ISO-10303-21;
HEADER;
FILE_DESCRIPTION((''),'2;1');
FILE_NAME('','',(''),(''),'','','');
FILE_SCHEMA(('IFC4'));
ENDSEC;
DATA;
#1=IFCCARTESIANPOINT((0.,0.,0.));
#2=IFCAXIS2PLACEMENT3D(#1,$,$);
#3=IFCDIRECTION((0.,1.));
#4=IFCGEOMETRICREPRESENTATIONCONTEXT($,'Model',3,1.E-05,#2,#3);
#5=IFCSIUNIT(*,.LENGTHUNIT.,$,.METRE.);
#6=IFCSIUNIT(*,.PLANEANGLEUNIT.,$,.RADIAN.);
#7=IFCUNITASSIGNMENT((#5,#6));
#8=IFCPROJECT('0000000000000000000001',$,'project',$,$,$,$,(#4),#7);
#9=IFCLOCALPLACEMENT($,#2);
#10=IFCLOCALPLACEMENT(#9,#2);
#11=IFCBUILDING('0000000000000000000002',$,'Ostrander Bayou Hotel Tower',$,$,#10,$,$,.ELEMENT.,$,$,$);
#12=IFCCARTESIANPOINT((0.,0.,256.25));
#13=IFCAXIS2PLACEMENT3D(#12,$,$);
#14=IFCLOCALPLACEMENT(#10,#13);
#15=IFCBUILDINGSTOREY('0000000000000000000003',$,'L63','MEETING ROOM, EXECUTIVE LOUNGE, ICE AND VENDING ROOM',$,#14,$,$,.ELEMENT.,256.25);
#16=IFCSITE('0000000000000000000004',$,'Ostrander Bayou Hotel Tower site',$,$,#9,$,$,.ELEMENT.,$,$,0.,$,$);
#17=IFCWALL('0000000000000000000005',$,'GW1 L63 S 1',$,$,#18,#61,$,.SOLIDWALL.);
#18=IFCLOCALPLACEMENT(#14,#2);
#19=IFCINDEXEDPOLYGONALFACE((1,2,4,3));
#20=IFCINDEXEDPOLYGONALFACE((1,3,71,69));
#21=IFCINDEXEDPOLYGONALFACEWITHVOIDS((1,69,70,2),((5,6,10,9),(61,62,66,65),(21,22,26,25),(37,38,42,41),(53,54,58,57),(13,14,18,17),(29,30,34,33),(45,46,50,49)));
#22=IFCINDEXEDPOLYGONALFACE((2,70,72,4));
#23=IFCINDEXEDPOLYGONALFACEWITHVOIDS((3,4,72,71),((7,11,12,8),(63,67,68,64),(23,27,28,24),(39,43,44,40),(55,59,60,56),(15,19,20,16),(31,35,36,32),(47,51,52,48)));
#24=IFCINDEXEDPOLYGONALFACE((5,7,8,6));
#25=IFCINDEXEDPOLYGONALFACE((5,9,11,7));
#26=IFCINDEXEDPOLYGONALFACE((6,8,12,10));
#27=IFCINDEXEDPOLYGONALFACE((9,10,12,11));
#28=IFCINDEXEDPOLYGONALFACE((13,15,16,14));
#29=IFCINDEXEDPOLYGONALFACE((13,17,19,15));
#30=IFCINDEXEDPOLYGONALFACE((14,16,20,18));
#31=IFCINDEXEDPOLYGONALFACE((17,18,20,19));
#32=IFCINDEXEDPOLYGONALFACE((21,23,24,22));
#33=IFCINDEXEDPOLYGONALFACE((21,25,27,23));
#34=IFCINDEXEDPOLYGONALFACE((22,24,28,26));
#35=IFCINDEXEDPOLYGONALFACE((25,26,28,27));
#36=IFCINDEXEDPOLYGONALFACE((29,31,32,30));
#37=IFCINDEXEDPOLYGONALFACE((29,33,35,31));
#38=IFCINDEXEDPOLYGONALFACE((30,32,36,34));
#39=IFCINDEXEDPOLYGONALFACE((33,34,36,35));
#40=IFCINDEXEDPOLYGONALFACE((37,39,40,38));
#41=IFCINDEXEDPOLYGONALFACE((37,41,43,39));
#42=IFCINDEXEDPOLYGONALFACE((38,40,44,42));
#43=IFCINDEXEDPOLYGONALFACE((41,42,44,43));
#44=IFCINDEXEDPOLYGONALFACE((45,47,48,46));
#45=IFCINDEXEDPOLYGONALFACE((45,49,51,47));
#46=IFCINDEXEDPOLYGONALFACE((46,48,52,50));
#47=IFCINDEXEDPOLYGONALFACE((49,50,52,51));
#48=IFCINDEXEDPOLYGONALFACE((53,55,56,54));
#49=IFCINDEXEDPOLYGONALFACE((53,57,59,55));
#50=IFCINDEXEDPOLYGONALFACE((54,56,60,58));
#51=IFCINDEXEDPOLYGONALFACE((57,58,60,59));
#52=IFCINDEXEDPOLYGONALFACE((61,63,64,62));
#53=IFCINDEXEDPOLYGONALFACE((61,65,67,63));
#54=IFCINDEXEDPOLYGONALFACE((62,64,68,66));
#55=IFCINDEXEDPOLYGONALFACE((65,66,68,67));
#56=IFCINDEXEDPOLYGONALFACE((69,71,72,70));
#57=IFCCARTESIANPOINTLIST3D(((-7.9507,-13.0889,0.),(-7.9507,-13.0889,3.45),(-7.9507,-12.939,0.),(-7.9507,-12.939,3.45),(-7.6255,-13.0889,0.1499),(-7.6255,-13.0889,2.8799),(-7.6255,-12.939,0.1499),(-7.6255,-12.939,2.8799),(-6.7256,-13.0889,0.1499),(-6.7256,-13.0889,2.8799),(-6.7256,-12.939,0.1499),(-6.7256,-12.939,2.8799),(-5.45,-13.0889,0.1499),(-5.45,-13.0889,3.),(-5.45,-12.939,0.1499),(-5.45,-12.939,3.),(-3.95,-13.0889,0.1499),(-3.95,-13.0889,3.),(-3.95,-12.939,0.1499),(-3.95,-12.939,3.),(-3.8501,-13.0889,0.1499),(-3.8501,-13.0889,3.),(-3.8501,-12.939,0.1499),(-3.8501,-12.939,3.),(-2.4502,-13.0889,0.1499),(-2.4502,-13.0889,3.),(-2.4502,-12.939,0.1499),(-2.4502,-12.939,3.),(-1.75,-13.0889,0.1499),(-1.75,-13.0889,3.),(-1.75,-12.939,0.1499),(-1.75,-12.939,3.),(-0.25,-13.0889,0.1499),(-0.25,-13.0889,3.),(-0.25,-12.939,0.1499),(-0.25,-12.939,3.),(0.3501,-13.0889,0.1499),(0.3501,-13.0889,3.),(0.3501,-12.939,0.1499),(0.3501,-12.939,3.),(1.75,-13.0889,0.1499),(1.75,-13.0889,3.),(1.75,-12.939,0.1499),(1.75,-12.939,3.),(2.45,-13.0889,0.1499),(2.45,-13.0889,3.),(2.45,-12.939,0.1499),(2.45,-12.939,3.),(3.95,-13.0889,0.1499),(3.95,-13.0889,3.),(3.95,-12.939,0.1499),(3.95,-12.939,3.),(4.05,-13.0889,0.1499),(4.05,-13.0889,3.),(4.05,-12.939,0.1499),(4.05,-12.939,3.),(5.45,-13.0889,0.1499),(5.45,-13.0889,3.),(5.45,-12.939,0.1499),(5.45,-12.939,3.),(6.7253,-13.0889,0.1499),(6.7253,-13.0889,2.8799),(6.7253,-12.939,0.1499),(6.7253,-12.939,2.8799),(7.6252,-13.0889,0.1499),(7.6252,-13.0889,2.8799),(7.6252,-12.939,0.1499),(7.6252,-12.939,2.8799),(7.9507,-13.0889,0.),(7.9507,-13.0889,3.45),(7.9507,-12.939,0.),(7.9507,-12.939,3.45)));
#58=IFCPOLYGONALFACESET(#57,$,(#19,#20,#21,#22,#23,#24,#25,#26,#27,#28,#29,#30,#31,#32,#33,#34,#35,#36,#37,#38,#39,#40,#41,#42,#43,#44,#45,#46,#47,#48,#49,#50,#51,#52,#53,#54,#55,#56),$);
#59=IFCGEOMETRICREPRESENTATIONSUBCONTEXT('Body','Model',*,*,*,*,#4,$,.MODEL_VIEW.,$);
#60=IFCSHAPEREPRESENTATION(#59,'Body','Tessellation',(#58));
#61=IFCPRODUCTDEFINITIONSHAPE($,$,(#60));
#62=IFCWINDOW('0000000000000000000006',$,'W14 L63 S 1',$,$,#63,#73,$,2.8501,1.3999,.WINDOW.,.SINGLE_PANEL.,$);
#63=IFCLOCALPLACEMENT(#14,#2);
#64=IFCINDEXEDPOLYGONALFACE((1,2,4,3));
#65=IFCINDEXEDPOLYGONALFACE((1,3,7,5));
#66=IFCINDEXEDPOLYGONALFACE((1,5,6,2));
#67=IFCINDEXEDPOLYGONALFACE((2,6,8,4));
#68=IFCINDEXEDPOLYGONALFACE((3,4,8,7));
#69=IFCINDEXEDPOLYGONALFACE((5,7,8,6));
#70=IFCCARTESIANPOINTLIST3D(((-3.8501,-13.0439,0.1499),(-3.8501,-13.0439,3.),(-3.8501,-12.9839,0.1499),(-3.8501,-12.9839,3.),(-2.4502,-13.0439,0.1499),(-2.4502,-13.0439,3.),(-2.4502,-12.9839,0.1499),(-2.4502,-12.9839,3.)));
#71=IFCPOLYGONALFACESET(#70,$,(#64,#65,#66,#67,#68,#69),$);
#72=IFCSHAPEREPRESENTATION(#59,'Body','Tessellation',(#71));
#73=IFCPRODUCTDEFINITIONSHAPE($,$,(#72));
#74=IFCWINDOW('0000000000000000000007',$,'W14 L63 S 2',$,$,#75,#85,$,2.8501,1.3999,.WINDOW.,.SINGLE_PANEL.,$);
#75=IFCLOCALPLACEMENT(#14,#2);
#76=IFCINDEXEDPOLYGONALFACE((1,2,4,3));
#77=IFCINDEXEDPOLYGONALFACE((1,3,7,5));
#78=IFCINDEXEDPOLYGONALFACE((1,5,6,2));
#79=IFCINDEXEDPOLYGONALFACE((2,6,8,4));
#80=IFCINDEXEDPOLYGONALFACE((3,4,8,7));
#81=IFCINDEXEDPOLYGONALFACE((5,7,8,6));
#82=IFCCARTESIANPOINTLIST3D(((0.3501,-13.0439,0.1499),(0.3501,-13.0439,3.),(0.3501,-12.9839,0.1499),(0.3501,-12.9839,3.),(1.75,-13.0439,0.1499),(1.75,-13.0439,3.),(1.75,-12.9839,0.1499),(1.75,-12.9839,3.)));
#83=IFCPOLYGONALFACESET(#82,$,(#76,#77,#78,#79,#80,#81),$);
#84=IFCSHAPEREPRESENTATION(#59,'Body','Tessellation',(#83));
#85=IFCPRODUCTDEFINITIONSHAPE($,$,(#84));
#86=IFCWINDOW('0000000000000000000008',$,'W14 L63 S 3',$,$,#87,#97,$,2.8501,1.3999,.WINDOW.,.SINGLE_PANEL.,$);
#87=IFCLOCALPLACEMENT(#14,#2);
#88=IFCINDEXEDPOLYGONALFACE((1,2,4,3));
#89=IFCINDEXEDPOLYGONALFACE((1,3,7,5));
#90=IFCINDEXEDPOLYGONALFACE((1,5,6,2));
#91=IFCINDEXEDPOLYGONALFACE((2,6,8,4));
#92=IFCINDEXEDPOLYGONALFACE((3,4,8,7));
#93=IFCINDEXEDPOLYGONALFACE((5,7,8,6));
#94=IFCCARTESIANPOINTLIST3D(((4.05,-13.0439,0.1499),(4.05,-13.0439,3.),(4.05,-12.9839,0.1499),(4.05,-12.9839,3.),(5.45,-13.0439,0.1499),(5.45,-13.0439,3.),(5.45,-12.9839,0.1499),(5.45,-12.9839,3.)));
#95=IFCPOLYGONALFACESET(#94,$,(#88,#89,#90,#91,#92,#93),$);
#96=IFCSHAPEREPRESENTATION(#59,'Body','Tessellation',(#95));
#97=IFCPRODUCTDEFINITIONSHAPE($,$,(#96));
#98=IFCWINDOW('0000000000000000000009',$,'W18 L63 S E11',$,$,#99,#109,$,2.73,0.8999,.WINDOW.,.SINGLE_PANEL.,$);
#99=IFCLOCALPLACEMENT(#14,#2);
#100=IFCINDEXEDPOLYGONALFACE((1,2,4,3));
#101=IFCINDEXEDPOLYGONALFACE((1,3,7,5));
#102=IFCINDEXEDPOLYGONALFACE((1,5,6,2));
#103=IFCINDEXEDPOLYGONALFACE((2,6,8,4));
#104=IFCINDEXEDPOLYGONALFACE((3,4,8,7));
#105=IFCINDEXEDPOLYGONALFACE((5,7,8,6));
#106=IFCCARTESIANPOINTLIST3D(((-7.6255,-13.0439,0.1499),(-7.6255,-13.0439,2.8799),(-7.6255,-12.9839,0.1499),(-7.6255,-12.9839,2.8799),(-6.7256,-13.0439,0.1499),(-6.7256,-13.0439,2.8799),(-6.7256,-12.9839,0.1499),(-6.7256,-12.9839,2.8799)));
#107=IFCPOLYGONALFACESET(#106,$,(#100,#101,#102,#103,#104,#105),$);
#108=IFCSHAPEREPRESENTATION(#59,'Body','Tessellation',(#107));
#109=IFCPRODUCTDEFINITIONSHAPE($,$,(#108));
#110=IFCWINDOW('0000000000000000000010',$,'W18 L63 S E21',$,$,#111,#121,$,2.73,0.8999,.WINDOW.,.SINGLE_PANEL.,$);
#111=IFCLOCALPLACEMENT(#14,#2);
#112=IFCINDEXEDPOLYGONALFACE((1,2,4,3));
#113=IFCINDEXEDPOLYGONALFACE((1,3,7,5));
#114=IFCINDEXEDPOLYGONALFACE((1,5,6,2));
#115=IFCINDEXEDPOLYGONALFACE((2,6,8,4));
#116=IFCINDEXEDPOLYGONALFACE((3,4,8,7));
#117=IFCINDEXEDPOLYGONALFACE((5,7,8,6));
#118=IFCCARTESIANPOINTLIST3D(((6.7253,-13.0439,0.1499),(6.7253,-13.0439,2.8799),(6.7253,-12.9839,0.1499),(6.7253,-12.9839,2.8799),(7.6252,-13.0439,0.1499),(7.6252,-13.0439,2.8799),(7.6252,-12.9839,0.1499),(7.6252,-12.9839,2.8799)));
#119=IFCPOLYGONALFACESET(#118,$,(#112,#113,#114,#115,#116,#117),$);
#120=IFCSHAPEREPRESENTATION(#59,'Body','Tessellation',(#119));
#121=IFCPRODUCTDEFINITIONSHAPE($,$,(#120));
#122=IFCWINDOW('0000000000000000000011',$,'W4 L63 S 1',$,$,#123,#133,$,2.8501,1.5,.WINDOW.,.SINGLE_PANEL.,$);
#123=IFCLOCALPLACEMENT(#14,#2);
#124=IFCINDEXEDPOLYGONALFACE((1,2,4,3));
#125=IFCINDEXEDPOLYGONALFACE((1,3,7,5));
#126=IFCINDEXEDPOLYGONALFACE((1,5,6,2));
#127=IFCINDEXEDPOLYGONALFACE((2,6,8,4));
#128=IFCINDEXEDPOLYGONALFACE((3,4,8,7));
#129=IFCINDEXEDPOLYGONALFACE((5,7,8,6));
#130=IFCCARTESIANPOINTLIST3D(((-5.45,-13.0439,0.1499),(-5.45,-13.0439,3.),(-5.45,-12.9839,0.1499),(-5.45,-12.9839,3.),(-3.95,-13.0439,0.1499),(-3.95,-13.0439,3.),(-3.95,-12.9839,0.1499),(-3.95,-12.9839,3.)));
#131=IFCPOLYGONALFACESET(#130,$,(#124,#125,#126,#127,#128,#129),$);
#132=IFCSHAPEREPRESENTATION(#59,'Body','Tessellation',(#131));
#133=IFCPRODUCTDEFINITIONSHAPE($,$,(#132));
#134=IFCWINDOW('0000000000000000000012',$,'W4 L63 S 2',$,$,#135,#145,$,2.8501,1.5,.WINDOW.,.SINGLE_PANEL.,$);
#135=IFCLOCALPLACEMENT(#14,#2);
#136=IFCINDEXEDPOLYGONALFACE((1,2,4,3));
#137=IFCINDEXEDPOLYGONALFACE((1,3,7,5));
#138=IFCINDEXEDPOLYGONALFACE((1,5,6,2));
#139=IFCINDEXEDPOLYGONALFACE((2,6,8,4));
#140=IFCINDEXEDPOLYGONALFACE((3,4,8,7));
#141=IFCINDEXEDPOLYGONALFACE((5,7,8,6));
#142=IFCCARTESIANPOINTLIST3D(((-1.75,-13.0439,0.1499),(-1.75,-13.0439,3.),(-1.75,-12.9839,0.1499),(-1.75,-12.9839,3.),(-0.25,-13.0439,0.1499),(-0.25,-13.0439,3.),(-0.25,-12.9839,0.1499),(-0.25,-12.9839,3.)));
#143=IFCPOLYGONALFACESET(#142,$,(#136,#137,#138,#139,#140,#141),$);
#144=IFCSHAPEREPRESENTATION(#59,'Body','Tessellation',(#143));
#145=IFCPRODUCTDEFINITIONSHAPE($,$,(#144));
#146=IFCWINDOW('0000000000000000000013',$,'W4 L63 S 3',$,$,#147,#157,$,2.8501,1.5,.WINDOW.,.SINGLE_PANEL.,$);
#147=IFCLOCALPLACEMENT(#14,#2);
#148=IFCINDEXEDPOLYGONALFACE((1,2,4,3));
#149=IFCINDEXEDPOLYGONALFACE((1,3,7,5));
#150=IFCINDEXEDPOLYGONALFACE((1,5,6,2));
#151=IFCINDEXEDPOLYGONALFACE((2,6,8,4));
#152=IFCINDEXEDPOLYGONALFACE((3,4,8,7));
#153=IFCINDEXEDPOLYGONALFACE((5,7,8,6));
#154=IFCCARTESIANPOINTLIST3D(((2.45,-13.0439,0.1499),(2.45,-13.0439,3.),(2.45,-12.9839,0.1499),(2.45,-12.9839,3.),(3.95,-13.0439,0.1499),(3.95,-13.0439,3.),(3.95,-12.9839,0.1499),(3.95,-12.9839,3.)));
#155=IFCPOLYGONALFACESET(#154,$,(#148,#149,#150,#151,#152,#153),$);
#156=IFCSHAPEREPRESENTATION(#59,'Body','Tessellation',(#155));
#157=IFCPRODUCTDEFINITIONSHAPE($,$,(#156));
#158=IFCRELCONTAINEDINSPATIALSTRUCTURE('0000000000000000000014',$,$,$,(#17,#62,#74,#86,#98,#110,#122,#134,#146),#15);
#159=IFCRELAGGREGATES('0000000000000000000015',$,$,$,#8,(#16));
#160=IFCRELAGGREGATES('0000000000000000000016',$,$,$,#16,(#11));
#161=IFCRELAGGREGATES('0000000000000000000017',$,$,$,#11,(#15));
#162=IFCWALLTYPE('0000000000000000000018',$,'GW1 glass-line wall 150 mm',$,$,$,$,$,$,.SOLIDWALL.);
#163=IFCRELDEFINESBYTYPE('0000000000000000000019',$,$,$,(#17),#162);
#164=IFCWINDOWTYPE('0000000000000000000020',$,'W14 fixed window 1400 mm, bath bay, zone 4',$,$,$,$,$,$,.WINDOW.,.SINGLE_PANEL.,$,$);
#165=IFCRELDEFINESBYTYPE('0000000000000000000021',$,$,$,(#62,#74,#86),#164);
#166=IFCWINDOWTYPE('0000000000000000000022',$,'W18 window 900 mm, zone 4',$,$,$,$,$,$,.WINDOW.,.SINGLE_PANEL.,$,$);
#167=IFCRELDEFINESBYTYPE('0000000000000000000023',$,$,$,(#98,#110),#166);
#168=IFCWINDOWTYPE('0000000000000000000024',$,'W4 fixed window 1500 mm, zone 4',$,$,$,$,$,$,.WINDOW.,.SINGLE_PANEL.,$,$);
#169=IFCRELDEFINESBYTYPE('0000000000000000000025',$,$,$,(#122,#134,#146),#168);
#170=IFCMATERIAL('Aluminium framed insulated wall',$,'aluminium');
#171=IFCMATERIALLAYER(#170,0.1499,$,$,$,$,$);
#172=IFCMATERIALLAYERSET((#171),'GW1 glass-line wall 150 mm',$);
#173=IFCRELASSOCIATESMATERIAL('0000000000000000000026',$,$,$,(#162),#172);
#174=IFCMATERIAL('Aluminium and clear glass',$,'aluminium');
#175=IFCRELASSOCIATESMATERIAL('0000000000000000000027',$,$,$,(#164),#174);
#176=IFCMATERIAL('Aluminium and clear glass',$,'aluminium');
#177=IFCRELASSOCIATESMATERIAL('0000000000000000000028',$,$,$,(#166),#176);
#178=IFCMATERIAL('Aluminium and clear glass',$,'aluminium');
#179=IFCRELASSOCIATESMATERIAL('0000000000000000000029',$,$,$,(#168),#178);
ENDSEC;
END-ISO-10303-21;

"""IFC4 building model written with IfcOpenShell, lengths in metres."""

from ifc_helpers import new_model, si_unit, direction, frame, frame_2d, origin, place, context, subcontext, project, spatial, rectangle, extrude, material, layer, layer_set, type_object, element, fill, save


model = new_model("IFC4")

# Units and contexts
model_context = context("Model", 3, precision=1e-05, world=origin(), true_north=direction((0.0, 1.0)))
body_context = subcontext(model_context, "Body", "Model", "MODEL_VIEW")
ifc_project = project(units=[si_unit("LENGTHUNIT", "METRE"), si_unit("PLANEANGLEUNIT", "RADIAN")], contexts=[model_context])

# Site, building, storey
site_placement = place(None, origin())
site = spatial("IfcSite", under=ifc_project, at=site_placement, Name="Ostrander Bayou Hotel Tower site", CompositionType="ELEMENT", RefElevation=0.0)
building_placement = place(site_placement, origin())
building = spatial("IfcBuilding", under=site, at=building_placement, Name="Ostrander Bayou Hotel Tower", CompositionType="ELEMENT")
storey_placement = place(building_placement, frame((0.0, 0.0, 256.25)))
storey = spatial("IfcBuildingStorey", under=building, at=storey_placement, Name="L63", Description="MEETING ROOM, EXECUTIVE LOUNGE, ICE AND VENDING ROOM", CompositionType="ELEMENT", Elevation=256.25)

# Wall, openings, windows
ifc_material_1 = material(Name="Aluminium framed insulated wall", Category="aluminium")
ifc_layer_1 = layer(ifc_material_1, 0.1499)
ifc_layer_set_1 = layer_set([ifc_layer_1], Name="GW1 glass-line wall 150 mm")
wall_type_1 = type_object("IfcWallType", Name="GW1 glass-line wall 150 mm", PredefinedType="SOLIDWALL", material=ifc_layer_set_1)
wall_1_placement = place(storey_placement, frame((-7.9507, -13.0139, 0.0), z_axis=(0.0, 0.0, 1.0), x_axis=(1.0, 0.0, 0.0)))
wall_1 = element("IfcWall", 1, at=wall_1_placement, inside=storey, type_object=wall_type_1, Name="GW1 L63 S 1", PredefinedType="SOLIDWALL", context=body_context, shape_type="SweptSolid", body=[
    extrude(rectangle(XDim=15.9014, YDim=0.1499, at=frame_2d((7.9507, 0.0))), origin(), (0.0, 0.0, 1.0), 3.45),
])
opening_1_placement = place(wall_1_placement, frame((2.5007, 0.0, 0.1499)))
opening_1 = element("IfcOpeningElement", 2, at=opening_1_placement, cuts=wall_1, PredefinedType="OPENING", context=body_context, shape_type="SweptSolid", body=[
    extrude(rectangle(XDim=1.5, YDim=2.8501, at=frame_2d((0.75, 1.425))), frame((0.0, 0.075, 0.0), z_axis=(0.0, -1.0, 0.0), x_axis=(1.0, 0.0, 0.0)), (0.0, 0.0, 1.0), 0.1499),
])
opening_2_placement = place(wall_1_placement, frame((4.1006, 0.0, 0.1499)))
opening_2 = element("IfcOpeningElement", 3, at=opening_2_placement, cuts=wall_1, PredefinedType="OPENING", context=body_context, shape_type="SweptSolid", body=[
    extrude(rectangle(XDim=1.3999, YDim=2.8501, at=frame_2d((0.7, 1.425))), frame((0.0, 0.075, 0.0), z_axis=(0.0, -1.0, 0.0), x_axis=(1.0, 0.0, 0.0)), (0.0, 0.0, 1.0), 0.1499),
])
opening_3_placement = place(wall_1_placement, frame((6.2007, 0.0, 0.1499)))
opening_3 = element("IfcOpeningElement", 4, at=opening_3_placement, cuts=wall_1, PredefinedType="OPENING", context=body_context, shape_type="SweptSolid", body=[
    extrude(rectangle(XDim=1.5, YDim=2.8501, at=frame_2d((0.75, 1.425))), frame((0.0, 0.075, 0.0), z_axis=(0.0, -1.0, 0.0), x_axis=(1.0, 0.0, 0.0)), (0.0, 0.0, 1.0), 0.1499),
])
opening_4_placement = place(wall_1_placement, frame((8.3008, 0.0, 0.1499)))
opening_4 = element("IfcOpeningElement", 5, at=opening_4_placement, cuts=wall_1, PredefinedType="OPENING", context=body_context, shape_type="SweptSolid", body=[
    extrude(rectangle(XDim=1.3999, YDim=2.8501, at=frame_2d((0.7, 1.425))), frame((0.0, 0.075, 0.0), z_axis=(0.0, -1.0, 0.0), x_axis=(1.0, 0.0, 0.0)), (0.0, 0.0, 1.0), 0.1499),
])
opening_5_placement = place(wall_1_placement, frame((10.4006, 0.0, 0.1499)))
opening_5 = element("IfcOpeningElement", 6, at=opening_5_placement, cuts=wall_1, PredefinedType="OPENING", context=body_context, shape_type="SweptSolid", body=[
    extrude(rectangle(XDim=1.5, YDim=2.8501, at=frame_2d((0.75, 1.425))), frame((0.0, 0.075, 0.0), z_axis=(0.0, -1.0, 0.0), x_axis=(1.0, 0.0, 0.0)), (0.0, 0.0, 1.0), 0.1499),
])
opening_6_placement = place(wall_1_placement, frame((12.0007, 0.0, 0.1499)))
opening_6 = element("IfcOpeningElement", 7, at=opening_6_placement, cuts=wall_1, PredefinedType="OPENING", context=body_context, shape_type="SweptSolid", body=[
    extrude(rectangle(XDim=1.3999, YDim=2.8501, at=frame_2d((0.7, 1.425))), frame((0.0, 0.075, 0.0), z_axis=(0.0, -1.0, 0.0), x_axis=(1.0, 0.0, 0.0)), (0.0, 0.0, 1.0), 0.1499),
])
opening_7_placement = place(wall_1_placement, frame((0.3252, 0.0, 0.1499)))
opening_7 = element("IfcOpeningElement", 8, at=opening_7_placement, cuts=wall_1, PredefinedType="OPENING", context=body_context, shape_type="SweptSolid", body=[
    extrude(rectangle(XDim=0.8999, YDim=2.73, at=frame_2d((0.45, 1.365))), frame((0.0, 0.075, 0.0), z_axis=(0.0, -1.0, 0.0), x_axis=(1.0, 0.0, 0.0)), (0.0, 0.0, 1.0), 0.1499),
])
opening_8_placement = place(wall_1_placement, frame((14.676, 0.0, 0.1499)))
opening_8 = element("IfcOpeningElement", 9, at=opening_8_placement, cuts=wall_1, PredefinedType="OPENING", context=body_context, shape_type="SweptSolid", body=[
    extrude(rectangle(XDim=0.8999, YDim=2.73, at=frame_2d((0.45, 1.365))), frame((0.0, 0.075, 0.0), z_axis=(0.0, -1.0, 0.0), x_axis=(1.0, 0.0, 0.0)), (0.0, 0.0, 1.0), 0.1499),
])
ifc_material_2 = material(Name="Aluminium and clear glass", Category="aluminium")
window_type_1 = type_object("IfcWindowType", Name="W14 fixed window 1400 mm, bath bay, zone 4", PartitioningType="SINGLE_PANEL", PredefinedType="WINDOW", material=ifc_material_2)
window_1_placement = place(opening_2_placement, origin())
window_1 = element("IfcWindow", 10, at=window_1_placement, inside=storey, type_object=window_type_1, Name="W14 L63 S 1", OverallHeight=2.8501, OverallWidth=1.3999, PartitioningType="SINGLE_PANEL", PredefinedType="WINDOW", context=body_context, shape_type="SweptSolid", body=[
    extrude(rectangle(XDim=1.3999, YDim=2.8501, at=frame_2d((0.7, 1.425))), frame((0.0, 0.03, 0.0), z_axis=(0.0, -1.0, 0.0), x_axis=(1.0, 0.0, 0.0)), (0.0, 0.0, 1.0), 0.0601),
])
fill(opening_2, window_1)
window_2_placement = place(opening_4_placement, origin())
window_2 = element("IfcWindow", 11, at=window_2_placement, inside=storey, type_object=window_type_1, Name="W14 L63 S 2", OverallHeight=2.8501, OverallWidth=1.3999, PartitioningType="SINGLE_PANEL", PredefinedType="WINDOW", context=body_context, shape_type="SweptSolid", body=[
    extrude(rectangle(XDim=1.3999, YDim=2.8501, at=frame_2d((0.7, 1.425))), frame((0.0, 0.03, 0.0), z_axis=(0.0, -1.0, 0.0), x_axis=(1.0, 0.0, 0.0)), (0.0, 0.0, 1.0), 0.0601),
])
fill(opening_4, window_2)
window_3_placement = place(opening_6_placement, origin())
window_3 = element("IfcWindow", 12, at=window_3_placement, inside=storey, type_object=window_type_1, Name="W14 L63 S 3", OverallHeight=2.8501, OverallWidth=1.3999, PartitioningType="SINGLE_PANEL", PredefinedType="WINDOW", context=body_context, shape_type="SweptSolid", body=[
    extrude(rectangle(XDim=1.3999, YDim=2.8501, at=frame_2d((0.7, 1.425))), frame((0.0, 0.03, 0.0), z_axis=(0.0, -1.0, 0.0), x_axis=(1.0, 0.0, 0.0)), (0.0, 0.0, 1.0), 0.0601),
])
fill(opening_6, window_3)
ifc_material_3 = material(Name="Aluminium and clear glass", Category="aluminium")
window_type_2 = type_object("IfcWindowType", Name="W18 window 900 mm, zone 4", PartitioningType="SINGLE_PANEL", PredefinedType="WINDOW", material=ifc_material_3)
window_4_placement = place(opening_7_placement, origin())
window_4 = element("IfcWindow", 13, at=window_4_placement, inside=storey, type_object=window_type_2, Name="W18 L63 S E11", OverallHeight=2.73, OverallWidth=0.8999, PartitioningType="SINGLE_PANEL", PredefinedType="WINDOW", context=body_context, shape_type="SweptSolid", body=[
    extrude(rectangle(XDim=0.8999, YDim=2.73, at=frame_2d((0.45, 1.365))), frame((0.0, 0.03, 0.0), z_axis=(0.0, -1.0, 0.0), x_axis=(1.0, 0.0, 0.0)), (0.0, 0.0, 1.0), 0.0601),
])
fill(opening_7, window_4)
window_5_placement = place(opening_8_placement, origin())
window_5 = element("IfcWindow", 14, at=window_5_placement, inside=storey, type_object=window_type_2, Name="W18 L63 S E21", OverallHeight=2.73, OverallWidth=0.8999, PartitioningType="SINGLE_PANEL", PredefinedType="WINDOW", context=body_context, shape_type="SweptSolid", body=[
    extrude(rectangle(XDim=0.8999, YDim=2.73, at=frame_2d((0.45, 1.365))), frame((0.0, 0.03, 0.0), z_axis=(0.0, -1.0, 0.0), x_axis=(1.0, 0.0, 0.0)), (0.0, 0.0, 1.0), 0.0601),
])
fill(opening_8, window_5)
ifc_material_4 = material(Name="Aluminium and clear glass", Category="aluminium")
window_type_3 = type_object("IfcWindowType", Name="W4 fixed window 1500 mm, zone 4", PartitioningType="SINGLE_PANEL", PredefinedType="WINDOW", material=ifc_material_4)
window_6_placement = place(opening_1_placement, origin())
window_6 = element("IfcWindow", 15, at=window_6_placement, inside=storey, type_object=window_type_3, Name="W4 L63 S 1", OverallHeight=2.8501, OverallWidth=1.5, PartitioningType="SINGLE_PANEL", PredefinedType="WINDOW", context=body_context, shape_type="SweptSolid", body=[
    extrude(rectangle(XDim=1.5, YDim=2.8501, at=frame_2d((0.75, 1.425))), frame((0.0, 0.03, 0.0), z_axis=(0.0, -1.0, 0.0), x_axis=(1.0, 0.0, 0.0)), (0.0, 0.0, 1.0), 0.0601),
])
fill(opening_1, window_6)
window_7_placement = place(opening_3_placement, origin())
window_7 = element("IfcWindow", 16, at=window_7_placement, inside=storey, type_object=window_type_3, Name="W4 L63 S 2", OverallHeight=2.8501, OverallWidth=1.5, PartitioningType="SINGLE_PANEL", PredefinedType="WINDOW", context=body_context, shape_type="SweptSolid", body=[
    extrude(rectangle(XDim=1.5, YDim=2.8501, at=frame_2d((0.75, 1.425))), frame((0.0, 0.03, 0.0), z_axis=(0.0, -1.0, 0.0), x_axis=(1.0, 0.0, 0.0)), (0.0, 0.0, 1.0), 0.0601),
])
fill(opening_3, window_7)
window_8_placement = place(opening_5_placement, origin())
window_8 = element("IfcWindow", 17, at=window_8_placement, inside=storey, type_object=window_type_3, Name="W4 L63 S 3", OverallHeight=2.8501, OverallWidth=1.5, PartitioningType="SINGLE_PANEL", PredefinedType="WINDOW", context=body_context, shape_type="SweptSolid", body=[
    extrude(rectangle(XDim=1.5, YDim=2.8501, at=frame_2d((0.75, 1.425))), frame((0.0, 0.03, 0.0), z_axis=(0.0, -1.0, 0.0), x_axis=(1.0, 0.0, 0.0)), (0.0, 0.0, 1.0), 0.0601),
])
fill(opening_5, window_8)

save(model, "model.ifc")
